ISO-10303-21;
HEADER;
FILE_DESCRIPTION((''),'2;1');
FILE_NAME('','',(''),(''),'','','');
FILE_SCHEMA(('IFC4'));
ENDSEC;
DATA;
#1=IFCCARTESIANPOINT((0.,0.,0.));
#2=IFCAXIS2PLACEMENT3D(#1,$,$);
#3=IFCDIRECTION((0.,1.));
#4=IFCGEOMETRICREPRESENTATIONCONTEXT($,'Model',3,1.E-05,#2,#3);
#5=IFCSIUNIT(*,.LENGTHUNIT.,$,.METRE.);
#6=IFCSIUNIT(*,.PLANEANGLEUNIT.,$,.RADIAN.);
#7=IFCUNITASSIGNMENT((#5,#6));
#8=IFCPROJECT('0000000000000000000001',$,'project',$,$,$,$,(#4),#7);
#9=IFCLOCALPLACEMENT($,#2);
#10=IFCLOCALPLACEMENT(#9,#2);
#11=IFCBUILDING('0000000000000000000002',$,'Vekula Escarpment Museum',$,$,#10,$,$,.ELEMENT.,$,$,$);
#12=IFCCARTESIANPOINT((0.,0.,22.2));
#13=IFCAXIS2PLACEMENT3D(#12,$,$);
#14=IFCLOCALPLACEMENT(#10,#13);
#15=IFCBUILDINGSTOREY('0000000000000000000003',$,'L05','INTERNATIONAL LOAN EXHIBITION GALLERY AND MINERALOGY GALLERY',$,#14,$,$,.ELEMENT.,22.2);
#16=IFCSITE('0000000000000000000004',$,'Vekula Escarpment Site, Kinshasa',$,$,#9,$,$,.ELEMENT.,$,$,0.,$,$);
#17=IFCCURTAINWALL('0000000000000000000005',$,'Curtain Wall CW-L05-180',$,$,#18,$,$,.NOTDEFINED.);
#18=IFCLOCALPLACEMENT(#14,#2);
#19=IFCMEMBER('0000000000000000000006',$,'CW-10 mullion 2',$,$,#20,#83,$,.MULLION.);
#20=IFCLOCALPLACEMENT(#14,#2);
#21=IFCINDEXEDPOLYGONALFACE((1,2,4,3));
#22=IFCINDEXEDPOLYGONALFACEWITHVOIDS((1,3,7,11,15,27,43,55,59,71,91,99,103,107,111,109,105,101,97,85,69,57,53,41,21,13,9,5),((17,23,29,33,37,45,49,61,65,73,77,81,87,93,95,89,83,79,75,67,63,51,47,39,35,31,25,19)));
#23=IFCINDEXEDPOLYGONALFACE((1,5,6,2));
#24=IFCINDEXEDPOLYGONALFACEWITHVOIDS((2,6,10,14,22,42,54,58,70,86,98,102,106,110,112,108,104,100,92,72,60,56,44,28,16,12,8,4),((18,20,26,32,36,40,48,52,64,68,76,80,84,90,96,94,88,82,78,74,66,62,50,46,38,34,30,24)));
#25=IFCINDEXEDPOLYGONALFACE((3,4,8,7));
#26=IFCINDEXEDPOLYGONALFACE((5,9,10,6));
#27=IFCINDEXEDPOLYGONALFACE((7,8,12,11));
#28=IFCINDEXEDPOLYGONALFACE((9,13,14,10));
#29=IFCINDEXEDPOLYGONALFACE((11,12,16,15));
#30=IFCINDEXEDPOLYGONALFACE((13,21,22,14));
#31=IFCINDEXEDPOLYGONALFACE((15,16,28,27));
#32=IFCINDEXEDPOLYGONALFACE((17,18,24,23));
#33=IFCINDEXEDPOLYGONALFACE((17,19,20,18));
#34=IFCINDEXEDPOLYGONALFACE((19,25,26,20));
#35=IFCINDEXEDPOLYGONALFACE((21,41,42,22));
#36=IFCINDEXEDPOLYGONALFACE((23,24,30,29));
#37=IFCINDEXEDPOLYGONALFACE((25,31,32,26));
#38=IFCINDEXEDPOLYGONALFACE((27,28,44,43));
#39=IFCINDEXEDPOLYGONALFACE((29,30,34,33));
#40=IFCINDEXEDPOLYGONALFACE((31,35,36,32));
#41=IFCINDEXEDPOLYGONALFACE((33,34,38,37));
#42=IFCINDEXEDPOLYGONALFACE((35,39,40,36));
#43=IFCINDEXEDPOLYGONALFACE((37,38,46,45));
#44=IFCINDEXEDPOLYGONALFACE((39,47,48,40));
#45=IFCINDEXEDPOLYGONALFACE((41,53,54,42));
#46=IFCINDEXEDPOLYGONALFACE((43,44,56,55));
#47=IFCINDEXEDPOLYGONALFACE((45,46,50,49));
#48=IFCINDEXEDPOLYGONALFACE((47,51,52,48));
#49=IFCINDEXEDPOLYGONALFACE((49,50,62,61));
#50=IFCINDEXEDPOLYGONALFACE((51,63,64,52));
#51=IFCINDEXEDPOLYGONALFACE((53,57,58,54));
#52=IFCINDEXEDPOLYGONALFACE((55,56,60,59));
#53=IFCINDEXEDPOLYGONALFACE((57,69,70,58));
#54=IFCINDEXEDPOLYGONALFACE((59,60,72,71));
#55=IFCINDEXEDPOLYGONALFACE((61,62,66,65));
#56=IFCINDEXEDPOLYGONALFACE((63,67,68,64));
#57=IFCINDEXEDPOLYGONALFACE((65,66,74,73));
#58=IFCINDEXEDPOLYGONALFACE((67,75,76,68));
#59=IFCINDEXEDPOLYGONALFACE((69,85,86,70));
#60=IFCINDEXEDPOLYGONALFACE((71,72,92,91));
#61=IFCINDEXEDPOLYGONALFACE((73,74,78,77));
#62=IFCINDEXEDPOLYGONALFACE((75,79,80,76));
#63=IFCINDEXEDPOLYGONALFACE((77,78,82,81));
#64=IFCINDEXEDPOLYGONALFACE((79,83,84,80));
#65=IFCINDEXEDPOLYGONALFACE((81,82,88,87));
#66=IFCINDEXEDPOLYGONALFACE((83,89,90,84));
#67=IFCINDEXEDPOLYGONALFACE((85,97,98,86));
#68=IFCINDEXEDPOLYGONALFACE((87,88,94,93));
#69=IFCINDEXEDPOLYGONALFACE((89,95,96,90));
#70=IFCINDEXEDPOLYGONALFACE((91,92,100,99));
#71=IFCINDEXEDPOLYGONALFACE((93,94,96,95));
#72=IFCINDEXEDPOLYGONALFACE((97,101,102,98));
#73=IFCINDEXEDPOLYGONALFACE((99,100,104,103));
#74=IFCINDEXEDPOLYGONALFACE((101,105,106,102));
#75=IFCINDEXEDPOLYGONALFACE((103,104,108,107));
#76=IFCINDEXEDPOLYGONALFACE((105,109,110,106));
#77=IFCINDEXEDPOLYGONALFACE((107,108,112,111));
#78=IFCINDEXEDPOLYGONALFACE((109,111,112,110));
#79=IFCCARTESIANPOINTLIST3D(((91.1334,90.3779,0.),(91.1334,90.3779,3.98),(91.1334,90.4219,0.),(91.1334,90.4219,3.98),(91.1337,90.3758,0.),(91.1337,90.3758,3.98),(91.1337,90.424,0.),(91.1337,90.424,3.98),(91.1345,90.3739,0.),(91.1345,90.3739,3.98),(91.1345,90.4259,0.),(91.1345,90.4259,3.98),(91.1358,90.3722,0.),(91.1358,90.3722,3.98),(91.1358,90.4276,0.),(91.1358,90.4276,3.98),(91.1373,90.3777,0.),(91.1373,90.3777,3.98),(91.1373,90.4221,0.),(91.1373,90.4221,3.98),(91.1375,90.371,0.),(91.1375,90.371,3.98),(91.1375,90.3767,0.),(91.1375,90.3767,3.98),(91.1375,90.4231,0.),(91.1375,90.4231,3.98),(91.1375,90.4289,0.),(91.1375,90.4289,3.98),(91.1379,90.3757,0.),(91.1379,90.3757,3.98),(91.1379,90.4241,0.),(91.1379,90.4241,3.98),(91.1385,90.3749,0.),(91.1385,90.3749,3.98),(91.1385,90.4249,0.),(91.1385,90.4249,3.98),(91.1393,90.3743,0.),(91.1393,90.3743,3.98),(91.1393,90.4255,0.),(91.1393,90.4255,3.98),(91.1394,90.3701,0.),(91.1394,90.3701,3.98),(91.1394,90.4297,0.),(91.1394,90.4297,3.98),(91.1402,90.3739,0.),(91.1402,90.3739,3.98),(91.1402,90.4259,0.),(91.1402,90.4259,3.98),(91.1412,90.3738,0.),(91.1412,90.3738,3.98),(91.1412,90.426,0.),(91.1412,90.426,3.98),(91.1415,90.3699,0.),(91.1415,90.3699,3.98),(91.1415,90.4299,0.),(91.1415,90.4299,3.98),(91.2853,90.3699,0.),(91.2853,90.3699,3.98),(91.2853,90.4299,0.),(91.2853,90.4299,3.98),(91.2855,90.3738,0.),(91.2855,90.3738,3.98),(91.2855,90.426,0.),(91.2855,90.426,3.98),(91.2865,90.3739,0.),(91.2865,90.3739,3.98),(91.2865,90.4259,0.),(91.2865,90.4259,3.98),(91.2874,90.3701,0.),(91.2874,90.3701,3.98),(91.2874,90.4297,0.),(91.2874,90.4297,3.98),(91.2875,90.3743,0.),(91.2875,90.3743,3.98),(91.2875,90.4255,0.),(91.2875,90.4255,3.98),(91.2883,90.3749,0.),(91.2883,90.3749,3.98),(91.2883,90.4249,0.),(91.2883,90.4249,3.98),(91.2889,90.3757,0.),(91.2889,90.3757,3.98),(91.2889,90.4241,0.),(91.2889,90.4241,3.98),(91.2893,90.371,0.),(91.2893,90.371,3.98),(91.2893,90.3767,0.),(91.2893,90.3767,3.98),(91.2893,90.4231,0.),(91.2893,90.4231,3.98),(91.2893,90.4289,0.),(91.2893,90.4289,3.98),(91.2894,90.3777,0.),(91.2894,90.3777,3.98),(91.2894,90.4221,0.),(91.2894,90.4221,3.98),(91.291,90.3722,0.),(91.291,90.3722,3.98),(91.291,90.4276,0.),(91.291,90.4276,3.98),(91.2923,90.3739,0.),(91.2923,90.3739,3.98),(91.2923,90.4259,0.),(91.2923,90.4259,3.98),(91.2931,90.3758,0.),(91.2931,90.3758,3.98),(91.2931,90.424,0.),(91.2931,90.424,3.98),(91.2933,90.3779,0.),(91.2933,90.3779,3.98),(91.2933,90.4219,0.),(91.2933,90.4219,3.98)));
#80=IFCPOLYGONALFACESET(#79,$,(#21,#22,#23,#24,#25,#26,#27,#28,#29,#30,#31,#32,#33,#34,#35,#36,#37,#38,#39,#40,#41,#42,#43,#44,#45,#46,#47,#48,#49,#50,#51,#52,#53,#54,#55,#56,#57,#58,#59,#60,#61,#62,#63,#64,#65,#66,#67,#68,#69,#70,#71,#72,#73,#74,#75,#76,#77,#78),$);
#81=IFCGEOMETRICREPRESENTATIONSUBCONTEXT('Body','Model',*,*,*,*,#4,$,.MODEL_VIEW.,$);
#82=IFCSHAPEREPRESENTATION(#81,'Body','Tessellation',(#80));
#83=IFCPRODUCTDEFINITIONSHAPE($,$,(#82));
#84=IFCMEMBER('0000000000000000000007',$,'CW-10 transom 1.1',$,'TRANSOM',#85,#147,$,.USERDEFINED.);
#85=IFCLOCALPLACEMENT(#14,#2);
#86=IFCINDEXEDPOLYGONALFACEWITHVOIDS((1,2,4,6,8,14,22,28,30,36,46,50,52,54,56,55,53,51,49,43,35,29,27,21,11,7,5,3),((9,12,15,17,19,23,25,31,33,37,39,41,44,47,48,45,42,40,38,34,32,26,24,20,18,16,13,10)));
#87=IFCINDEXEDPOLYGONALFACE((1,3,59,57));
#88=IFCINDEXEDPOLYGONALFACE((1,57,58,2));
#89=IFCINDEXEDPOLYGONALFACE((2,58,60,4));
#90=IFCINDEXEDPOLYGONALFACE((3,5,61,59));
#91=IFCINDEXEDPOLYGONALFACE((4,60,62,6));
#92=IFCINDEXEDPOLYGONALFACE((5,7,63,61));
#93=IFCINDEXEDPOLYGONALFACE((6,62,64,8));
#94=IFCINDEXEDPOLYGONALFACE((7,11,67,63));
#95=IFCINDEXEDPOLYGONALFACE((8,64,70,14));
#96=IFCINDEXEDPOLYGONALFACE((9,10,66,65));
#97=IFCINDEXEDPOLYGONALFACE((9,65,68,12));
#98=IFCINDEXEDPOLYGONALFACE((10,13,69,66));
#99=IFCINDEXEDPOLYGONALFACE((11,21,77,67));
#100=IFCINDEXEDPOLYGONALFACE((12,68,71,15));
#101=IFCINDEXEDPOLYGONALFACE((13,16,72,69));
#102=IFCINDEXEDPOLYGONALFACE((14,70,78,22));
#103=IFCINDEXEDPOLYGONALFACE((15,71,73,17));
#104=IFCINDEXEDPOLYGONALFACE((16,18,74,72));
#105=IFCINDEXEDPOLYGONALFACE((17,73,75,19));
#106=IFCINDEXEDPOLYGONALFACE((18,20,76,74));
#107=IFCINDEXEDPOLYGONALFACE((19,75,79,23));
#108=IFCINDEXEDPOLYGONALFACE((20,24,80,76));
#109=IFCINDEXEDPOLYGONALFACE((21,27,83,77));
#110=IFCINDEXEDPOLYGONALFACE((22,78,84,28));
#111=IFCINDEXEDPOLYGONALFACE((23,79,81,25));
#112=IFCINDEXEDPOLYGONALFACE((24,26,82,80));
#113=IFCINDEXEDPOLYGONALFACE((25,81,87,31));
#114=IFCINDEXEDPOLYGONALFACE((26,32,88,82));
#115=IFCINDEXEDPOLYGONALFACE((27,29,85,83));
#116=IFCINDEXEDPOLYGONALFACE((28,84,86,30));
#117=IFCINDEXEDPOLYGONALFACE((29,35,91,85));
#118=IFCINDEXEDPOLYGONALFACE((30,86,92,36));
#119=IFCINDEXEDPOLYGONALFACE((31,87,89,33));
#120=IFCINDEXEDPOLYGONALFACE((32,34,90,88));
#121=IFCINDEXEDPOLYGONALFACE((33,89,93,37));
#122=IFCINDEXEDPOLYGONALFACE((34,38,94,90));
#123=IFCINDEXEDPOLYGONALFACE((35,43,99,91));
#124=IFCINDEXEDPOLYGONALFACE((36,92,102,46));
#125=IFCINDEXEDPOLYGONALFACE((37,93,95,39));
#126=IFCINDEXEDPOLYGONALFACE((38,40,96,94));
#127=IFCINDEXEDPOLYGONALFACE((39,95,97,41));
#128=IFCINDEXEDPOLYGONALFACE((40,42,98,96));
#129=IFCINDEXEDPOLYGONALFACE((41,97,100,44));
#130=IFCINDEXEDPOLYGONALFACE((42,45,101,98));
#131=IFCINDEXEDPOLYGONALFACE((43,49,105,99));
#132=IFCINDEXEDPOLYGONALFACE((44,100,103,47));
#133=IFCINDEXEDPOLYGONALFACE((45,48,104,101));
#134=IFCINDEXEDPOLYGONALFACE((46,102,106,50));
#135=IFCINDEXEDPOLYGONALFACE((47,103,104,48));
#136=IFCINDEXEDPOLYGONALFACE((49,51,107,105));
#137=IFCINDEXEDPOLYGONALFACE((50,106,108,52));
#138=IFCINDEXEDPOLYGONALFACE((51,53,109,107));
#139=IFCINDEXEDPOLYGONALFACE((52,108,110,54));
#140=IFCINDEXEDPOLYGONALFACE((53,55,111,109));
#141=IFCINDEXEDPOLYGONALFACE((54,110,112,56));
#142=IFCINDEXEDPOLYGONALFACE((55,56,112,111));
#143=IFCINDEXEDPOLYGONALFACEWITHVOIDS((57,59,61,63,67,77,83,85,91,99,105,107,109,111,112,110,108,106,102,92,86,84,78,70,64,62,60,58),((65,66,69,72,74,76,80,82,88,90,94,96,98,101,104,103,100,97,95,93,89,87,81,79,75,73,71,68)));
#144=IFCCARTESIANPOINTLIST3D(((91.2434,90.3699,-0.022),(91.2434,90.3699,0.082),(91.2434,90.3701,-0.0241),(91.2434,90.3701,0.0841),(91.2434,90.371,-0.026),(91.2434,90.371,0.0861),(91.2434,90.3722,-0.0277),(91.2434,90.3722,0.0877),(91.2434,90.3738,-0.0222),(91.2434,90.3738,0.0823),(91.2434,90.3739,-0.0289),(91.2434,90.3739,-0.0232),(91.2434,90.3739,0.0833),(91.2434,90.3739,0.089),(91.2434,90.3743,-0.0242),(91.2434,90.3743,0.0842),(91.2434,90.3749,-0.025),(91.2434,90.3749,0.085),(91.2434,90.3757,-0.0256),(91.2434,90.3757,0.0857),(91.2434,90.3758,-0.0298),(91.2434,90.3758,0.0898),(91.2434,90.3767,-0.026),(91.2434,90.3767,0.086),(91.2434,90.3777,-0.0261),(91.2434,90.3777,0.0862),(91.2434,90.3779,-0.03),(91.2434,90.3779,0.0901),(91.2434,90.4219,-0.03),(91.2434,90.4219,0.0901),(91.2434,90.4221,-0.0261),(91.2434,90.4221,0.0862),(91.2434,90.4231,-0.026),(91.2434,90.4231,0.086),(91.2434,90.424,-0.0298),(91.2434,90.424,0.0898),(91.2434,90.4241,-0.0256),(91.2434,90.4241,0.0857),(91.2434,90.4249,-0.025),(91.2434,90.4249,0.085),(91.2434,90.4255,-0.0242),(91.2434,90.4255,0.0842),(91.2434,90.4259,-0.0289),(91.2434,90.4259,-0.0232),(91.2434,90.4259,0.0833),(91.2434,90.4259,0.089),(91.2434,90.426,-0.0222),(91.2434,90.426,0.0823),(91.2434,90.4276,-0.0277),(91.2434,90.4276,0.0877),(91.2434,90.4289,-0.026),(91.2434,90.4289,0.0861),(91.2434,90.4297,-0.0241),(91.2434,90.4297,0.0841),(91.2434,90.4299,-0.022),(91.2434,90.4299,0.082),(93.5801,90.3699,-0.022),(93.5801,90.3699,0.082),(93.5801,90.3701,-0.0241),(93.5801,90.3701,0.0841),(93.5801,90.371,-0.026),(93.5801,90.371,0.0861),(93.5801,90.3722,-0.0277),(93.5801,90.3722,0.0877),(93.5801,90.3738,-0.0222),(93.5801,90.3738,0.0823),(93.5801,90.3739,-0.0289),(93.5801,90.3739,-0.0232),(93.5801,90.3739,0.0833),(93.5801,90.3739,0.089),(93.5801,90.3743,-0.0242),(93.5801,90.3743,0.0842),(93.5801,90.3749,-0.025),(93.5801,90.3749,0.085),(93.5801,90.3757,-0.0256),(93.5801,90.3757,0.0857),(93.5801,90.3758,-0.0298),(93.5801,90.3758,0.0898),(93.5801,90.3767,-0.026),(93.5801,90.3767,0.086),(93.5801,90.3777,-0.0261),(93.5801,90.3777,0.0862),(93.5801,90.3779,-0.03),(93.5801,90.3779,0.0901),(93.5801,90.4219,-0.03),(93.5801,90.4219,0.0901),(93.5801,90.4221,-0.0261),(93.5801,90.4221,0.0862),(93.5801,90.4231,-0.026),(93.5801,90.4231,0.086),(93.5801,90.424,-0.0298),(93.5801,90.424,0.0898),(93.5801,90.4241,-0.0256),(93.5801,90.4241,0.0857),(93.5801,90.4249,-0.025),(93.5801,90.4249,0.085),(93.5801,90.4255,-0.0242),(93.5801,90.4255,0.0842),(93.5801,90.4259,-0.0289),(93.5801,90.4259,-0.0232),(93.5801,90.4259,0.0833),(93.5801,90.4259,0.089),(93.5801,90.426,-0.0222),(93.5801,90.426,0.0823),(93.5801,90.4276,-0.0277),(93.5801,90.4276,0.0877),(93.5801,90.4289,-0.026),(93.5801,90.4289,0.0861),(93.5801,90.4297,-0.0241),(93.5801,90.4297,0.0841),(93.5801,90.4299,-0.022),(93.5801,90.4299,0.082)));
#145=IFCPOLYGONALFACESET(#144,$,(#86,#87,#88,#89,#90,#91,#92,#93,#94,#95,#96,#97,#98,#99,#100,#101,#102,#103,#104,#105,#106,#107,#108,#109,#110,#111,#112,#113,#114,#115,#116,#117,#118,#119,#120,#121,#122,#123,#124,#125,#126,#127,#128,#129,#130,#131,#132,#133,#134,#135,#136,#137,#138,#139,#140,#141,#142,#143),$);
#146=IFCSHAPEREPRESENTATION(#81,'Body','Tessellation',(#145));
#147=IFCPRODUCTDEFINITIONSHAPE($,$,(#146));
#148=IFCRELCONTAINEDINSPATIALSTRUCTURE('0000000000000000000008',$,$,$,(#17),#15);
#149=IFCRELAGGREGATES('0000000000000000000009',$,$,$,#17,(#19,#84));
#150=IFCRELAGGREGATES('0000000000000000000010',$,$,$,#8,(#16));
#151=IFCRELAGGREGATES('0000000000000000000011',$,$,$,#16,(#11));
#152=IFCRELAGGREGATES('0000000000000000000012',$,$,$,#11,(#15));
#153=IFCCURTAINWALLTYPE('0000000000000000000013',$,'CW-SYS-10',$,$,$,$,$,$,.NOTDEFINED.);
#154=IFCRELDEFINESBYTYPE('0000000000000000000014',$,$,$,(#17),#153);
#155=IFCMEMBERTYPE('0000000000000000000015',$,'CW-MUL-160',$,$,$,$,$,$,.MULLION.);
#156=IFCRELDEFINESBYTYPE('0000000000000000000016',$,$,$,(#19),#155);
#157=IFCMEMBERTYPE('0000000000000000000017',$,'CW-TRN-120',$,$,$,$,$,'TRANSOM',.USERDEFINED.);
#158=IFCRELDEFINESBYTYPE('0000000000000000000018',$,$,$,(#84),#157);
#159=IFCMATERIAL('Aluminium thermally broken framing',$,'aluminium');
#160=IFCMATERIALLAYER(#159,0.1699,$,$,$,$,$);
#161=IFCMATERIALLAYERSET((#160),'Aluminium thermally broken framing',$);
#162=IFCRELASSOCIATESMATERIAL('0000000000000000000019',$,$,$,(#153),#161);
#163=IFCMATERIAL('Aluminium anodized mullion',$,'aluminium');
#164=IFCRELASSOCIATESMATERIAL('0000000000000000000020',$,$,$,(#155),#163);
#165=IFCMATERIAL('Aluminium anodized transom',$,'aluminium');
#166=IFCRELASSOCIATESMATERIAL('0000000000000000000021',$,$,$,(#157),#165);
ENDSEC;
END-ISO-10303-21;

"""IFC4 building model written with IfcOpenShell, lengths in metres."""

from ifc_helpers import new_model, si_unit, direction, frame, origin, origin_2d, place, context, subcontext, project, spatial, hollow_rectangle, extrude, material, layer, layer_set, material_profile, profile_set, type_object, element, aggregate, save


model = new_model("IFC4")

# Units and contexts
model_context = context("Model", 3, precision=1e-05, world=origin(), true_north=direction((0.0, 1.0)))
body_context = subcontext(model_context, "Body", "Model", "MODEL_VIEW")
ifc_project = project(units=[si_unit("LENGTHUNIT", "METRE"), si_unit("PLANEANGLEUNIT", "RADIAN")], contexts=[model_context])

# Site, building, storey
site_placement = place(None, origin())
site = spatial("IfcSite", under=ifc_project, at=site_placement, Name="Vekula Escarpment Site, Kinshasa", CompositionType="ELEMENT", RefElevation=0.0)
building_placement = place(site_placement, origin())
building = spatial("IfcBuilding", under=site, at=building_placement, Name="Vekula Escarpment Museum", CompositionType="ELEMENT")
storey_placement = place(building_placement, frame((0.0, 0.0, 22.2)))
storey = spatial("IfcBuildingStorey", under=building, at=storey_placement, Name="L05", Description="INTERNATIONAL LOAN EXHIBITION GALLERY AND MINERALOGY GALLERY", CompositionType="ELEMENT", Elevation=22.2)

# Curtain wall, members
ifc_material_1 = material(Name="Aluminium thermally broken framing", Category="aluminium")
ifc_layer_1 = layer(ifc_material_1, 0.1699)
ifc_layer_set_1 = layer_set([ifc_layer_1], Name="Aluminium thermally broken framing")
curtain_wall_type = type_object("IfcCurtainWallType", Name="CW-SYS-10", PredefinedType="NOTDEFINED", material=ifc_layer_set_1)
curtain_wall_placement = place(storey_placement, origin())
curtain_wall = element("IfcCurtainWall", 1, at=curtain_wall_placement, inside=storey, type_object=curtain_wall_type, Name="Curtain Wall CW-L05-180", PredefinedType="NOTDEFINED")
ifc_material_2 = material(Name="Aluminium anodized mullion", Category="aluminium")
ifc_material_profile_1 = material_profile(ifc_material_2, hollow_rectangle(XDim=0.0601, YDim=0.1599, WallThickness=0.0039, InnerFilletRadius=0.0039, OuterFilletRadius=0.0081, at=origin_2d()), Name="ALU 160x60x4")
ifc_profile_set_1 = profile_set([ifc_material_profile_1], Name="Aluminium anodized mullion")
member_type_1 = type_object("IfcMemberType", Name="CW-MUL-160", PredefinedType="MULLION", material=ifc_profile_set_1)
member_1_placement = place(storey_placement, frame((91.2134, 90.3999, 0.0), z_axis=(0.0, 0.0, 1.0), x_axis=(0.0, -1.0, 0.0)))
member_1 = element("IfcMember", 2, at=member_1_placement, type_object=member_type_1, Name="CW-10 mullion 2", PredefinedType="MULLION", context=body_context, shape_type="SweptSolid", body=[
    extrude(hollow_rectangle(XDim=0.0601, YDim=0.1599, WallThickness=0.0039, InnerFilletRadius=0.0039, OuterFilletRadius=0.0081, at=origin_2d()), origin(), (0.0, 0.0, 1.0), 3.98),
])
ifc_material_3 = material(Name="Aluminium anodized transom", Category="aluminium")
ifc_material_profile_2 = material_profile(ifc_material_3, hollow_rectangle(XDim=0.0601, YDim=0.1201, WallThickness=0.0039, InnerFilletRadius=0.0039, OuterFilletRadius=0.0081, at=origin_2d()), Name="ALU 120x60x4")
ifc_profile_set_2 = profile_set([ifc_material_profile_2], Name="Aluminium anodized transom")
member_type_2 = type_object("IfcMemberType", Name="CW-TRN-120", ElementType="TRANSOM", PredefinedType="USERDEFINED", material=ifc_profile_set_2)
member_2_placement = place(storey_placement, frame((93.5801, 90.3999, 0.03), z_axis=(-1.0, 0.0, 0.0), x_axis=(0.0, -1.0, 0.0)))
member_2 = element("IfcMember", 3, at=member_2_placement, type_object=member_type_2, Name="CW-10 transom 1.1", ObjectType="TRANSOM", PredefinedType="USERDEFINED", context=body_context, shape_type="SweptSolid", body=[
    extrude(hollow_rectangle(XDim=0.0601, YDim=0.1201, WallThickness=0.0039, InnerFilletRadius=0.0039, OuterFilletRadius=0.0081, at=origin_2d()), origin(), (0.0, 0.0, 1.0), 2.3367),
])
aggregate(curtain_wall, [member_1, member_2])

save(model, "model.ifc")
